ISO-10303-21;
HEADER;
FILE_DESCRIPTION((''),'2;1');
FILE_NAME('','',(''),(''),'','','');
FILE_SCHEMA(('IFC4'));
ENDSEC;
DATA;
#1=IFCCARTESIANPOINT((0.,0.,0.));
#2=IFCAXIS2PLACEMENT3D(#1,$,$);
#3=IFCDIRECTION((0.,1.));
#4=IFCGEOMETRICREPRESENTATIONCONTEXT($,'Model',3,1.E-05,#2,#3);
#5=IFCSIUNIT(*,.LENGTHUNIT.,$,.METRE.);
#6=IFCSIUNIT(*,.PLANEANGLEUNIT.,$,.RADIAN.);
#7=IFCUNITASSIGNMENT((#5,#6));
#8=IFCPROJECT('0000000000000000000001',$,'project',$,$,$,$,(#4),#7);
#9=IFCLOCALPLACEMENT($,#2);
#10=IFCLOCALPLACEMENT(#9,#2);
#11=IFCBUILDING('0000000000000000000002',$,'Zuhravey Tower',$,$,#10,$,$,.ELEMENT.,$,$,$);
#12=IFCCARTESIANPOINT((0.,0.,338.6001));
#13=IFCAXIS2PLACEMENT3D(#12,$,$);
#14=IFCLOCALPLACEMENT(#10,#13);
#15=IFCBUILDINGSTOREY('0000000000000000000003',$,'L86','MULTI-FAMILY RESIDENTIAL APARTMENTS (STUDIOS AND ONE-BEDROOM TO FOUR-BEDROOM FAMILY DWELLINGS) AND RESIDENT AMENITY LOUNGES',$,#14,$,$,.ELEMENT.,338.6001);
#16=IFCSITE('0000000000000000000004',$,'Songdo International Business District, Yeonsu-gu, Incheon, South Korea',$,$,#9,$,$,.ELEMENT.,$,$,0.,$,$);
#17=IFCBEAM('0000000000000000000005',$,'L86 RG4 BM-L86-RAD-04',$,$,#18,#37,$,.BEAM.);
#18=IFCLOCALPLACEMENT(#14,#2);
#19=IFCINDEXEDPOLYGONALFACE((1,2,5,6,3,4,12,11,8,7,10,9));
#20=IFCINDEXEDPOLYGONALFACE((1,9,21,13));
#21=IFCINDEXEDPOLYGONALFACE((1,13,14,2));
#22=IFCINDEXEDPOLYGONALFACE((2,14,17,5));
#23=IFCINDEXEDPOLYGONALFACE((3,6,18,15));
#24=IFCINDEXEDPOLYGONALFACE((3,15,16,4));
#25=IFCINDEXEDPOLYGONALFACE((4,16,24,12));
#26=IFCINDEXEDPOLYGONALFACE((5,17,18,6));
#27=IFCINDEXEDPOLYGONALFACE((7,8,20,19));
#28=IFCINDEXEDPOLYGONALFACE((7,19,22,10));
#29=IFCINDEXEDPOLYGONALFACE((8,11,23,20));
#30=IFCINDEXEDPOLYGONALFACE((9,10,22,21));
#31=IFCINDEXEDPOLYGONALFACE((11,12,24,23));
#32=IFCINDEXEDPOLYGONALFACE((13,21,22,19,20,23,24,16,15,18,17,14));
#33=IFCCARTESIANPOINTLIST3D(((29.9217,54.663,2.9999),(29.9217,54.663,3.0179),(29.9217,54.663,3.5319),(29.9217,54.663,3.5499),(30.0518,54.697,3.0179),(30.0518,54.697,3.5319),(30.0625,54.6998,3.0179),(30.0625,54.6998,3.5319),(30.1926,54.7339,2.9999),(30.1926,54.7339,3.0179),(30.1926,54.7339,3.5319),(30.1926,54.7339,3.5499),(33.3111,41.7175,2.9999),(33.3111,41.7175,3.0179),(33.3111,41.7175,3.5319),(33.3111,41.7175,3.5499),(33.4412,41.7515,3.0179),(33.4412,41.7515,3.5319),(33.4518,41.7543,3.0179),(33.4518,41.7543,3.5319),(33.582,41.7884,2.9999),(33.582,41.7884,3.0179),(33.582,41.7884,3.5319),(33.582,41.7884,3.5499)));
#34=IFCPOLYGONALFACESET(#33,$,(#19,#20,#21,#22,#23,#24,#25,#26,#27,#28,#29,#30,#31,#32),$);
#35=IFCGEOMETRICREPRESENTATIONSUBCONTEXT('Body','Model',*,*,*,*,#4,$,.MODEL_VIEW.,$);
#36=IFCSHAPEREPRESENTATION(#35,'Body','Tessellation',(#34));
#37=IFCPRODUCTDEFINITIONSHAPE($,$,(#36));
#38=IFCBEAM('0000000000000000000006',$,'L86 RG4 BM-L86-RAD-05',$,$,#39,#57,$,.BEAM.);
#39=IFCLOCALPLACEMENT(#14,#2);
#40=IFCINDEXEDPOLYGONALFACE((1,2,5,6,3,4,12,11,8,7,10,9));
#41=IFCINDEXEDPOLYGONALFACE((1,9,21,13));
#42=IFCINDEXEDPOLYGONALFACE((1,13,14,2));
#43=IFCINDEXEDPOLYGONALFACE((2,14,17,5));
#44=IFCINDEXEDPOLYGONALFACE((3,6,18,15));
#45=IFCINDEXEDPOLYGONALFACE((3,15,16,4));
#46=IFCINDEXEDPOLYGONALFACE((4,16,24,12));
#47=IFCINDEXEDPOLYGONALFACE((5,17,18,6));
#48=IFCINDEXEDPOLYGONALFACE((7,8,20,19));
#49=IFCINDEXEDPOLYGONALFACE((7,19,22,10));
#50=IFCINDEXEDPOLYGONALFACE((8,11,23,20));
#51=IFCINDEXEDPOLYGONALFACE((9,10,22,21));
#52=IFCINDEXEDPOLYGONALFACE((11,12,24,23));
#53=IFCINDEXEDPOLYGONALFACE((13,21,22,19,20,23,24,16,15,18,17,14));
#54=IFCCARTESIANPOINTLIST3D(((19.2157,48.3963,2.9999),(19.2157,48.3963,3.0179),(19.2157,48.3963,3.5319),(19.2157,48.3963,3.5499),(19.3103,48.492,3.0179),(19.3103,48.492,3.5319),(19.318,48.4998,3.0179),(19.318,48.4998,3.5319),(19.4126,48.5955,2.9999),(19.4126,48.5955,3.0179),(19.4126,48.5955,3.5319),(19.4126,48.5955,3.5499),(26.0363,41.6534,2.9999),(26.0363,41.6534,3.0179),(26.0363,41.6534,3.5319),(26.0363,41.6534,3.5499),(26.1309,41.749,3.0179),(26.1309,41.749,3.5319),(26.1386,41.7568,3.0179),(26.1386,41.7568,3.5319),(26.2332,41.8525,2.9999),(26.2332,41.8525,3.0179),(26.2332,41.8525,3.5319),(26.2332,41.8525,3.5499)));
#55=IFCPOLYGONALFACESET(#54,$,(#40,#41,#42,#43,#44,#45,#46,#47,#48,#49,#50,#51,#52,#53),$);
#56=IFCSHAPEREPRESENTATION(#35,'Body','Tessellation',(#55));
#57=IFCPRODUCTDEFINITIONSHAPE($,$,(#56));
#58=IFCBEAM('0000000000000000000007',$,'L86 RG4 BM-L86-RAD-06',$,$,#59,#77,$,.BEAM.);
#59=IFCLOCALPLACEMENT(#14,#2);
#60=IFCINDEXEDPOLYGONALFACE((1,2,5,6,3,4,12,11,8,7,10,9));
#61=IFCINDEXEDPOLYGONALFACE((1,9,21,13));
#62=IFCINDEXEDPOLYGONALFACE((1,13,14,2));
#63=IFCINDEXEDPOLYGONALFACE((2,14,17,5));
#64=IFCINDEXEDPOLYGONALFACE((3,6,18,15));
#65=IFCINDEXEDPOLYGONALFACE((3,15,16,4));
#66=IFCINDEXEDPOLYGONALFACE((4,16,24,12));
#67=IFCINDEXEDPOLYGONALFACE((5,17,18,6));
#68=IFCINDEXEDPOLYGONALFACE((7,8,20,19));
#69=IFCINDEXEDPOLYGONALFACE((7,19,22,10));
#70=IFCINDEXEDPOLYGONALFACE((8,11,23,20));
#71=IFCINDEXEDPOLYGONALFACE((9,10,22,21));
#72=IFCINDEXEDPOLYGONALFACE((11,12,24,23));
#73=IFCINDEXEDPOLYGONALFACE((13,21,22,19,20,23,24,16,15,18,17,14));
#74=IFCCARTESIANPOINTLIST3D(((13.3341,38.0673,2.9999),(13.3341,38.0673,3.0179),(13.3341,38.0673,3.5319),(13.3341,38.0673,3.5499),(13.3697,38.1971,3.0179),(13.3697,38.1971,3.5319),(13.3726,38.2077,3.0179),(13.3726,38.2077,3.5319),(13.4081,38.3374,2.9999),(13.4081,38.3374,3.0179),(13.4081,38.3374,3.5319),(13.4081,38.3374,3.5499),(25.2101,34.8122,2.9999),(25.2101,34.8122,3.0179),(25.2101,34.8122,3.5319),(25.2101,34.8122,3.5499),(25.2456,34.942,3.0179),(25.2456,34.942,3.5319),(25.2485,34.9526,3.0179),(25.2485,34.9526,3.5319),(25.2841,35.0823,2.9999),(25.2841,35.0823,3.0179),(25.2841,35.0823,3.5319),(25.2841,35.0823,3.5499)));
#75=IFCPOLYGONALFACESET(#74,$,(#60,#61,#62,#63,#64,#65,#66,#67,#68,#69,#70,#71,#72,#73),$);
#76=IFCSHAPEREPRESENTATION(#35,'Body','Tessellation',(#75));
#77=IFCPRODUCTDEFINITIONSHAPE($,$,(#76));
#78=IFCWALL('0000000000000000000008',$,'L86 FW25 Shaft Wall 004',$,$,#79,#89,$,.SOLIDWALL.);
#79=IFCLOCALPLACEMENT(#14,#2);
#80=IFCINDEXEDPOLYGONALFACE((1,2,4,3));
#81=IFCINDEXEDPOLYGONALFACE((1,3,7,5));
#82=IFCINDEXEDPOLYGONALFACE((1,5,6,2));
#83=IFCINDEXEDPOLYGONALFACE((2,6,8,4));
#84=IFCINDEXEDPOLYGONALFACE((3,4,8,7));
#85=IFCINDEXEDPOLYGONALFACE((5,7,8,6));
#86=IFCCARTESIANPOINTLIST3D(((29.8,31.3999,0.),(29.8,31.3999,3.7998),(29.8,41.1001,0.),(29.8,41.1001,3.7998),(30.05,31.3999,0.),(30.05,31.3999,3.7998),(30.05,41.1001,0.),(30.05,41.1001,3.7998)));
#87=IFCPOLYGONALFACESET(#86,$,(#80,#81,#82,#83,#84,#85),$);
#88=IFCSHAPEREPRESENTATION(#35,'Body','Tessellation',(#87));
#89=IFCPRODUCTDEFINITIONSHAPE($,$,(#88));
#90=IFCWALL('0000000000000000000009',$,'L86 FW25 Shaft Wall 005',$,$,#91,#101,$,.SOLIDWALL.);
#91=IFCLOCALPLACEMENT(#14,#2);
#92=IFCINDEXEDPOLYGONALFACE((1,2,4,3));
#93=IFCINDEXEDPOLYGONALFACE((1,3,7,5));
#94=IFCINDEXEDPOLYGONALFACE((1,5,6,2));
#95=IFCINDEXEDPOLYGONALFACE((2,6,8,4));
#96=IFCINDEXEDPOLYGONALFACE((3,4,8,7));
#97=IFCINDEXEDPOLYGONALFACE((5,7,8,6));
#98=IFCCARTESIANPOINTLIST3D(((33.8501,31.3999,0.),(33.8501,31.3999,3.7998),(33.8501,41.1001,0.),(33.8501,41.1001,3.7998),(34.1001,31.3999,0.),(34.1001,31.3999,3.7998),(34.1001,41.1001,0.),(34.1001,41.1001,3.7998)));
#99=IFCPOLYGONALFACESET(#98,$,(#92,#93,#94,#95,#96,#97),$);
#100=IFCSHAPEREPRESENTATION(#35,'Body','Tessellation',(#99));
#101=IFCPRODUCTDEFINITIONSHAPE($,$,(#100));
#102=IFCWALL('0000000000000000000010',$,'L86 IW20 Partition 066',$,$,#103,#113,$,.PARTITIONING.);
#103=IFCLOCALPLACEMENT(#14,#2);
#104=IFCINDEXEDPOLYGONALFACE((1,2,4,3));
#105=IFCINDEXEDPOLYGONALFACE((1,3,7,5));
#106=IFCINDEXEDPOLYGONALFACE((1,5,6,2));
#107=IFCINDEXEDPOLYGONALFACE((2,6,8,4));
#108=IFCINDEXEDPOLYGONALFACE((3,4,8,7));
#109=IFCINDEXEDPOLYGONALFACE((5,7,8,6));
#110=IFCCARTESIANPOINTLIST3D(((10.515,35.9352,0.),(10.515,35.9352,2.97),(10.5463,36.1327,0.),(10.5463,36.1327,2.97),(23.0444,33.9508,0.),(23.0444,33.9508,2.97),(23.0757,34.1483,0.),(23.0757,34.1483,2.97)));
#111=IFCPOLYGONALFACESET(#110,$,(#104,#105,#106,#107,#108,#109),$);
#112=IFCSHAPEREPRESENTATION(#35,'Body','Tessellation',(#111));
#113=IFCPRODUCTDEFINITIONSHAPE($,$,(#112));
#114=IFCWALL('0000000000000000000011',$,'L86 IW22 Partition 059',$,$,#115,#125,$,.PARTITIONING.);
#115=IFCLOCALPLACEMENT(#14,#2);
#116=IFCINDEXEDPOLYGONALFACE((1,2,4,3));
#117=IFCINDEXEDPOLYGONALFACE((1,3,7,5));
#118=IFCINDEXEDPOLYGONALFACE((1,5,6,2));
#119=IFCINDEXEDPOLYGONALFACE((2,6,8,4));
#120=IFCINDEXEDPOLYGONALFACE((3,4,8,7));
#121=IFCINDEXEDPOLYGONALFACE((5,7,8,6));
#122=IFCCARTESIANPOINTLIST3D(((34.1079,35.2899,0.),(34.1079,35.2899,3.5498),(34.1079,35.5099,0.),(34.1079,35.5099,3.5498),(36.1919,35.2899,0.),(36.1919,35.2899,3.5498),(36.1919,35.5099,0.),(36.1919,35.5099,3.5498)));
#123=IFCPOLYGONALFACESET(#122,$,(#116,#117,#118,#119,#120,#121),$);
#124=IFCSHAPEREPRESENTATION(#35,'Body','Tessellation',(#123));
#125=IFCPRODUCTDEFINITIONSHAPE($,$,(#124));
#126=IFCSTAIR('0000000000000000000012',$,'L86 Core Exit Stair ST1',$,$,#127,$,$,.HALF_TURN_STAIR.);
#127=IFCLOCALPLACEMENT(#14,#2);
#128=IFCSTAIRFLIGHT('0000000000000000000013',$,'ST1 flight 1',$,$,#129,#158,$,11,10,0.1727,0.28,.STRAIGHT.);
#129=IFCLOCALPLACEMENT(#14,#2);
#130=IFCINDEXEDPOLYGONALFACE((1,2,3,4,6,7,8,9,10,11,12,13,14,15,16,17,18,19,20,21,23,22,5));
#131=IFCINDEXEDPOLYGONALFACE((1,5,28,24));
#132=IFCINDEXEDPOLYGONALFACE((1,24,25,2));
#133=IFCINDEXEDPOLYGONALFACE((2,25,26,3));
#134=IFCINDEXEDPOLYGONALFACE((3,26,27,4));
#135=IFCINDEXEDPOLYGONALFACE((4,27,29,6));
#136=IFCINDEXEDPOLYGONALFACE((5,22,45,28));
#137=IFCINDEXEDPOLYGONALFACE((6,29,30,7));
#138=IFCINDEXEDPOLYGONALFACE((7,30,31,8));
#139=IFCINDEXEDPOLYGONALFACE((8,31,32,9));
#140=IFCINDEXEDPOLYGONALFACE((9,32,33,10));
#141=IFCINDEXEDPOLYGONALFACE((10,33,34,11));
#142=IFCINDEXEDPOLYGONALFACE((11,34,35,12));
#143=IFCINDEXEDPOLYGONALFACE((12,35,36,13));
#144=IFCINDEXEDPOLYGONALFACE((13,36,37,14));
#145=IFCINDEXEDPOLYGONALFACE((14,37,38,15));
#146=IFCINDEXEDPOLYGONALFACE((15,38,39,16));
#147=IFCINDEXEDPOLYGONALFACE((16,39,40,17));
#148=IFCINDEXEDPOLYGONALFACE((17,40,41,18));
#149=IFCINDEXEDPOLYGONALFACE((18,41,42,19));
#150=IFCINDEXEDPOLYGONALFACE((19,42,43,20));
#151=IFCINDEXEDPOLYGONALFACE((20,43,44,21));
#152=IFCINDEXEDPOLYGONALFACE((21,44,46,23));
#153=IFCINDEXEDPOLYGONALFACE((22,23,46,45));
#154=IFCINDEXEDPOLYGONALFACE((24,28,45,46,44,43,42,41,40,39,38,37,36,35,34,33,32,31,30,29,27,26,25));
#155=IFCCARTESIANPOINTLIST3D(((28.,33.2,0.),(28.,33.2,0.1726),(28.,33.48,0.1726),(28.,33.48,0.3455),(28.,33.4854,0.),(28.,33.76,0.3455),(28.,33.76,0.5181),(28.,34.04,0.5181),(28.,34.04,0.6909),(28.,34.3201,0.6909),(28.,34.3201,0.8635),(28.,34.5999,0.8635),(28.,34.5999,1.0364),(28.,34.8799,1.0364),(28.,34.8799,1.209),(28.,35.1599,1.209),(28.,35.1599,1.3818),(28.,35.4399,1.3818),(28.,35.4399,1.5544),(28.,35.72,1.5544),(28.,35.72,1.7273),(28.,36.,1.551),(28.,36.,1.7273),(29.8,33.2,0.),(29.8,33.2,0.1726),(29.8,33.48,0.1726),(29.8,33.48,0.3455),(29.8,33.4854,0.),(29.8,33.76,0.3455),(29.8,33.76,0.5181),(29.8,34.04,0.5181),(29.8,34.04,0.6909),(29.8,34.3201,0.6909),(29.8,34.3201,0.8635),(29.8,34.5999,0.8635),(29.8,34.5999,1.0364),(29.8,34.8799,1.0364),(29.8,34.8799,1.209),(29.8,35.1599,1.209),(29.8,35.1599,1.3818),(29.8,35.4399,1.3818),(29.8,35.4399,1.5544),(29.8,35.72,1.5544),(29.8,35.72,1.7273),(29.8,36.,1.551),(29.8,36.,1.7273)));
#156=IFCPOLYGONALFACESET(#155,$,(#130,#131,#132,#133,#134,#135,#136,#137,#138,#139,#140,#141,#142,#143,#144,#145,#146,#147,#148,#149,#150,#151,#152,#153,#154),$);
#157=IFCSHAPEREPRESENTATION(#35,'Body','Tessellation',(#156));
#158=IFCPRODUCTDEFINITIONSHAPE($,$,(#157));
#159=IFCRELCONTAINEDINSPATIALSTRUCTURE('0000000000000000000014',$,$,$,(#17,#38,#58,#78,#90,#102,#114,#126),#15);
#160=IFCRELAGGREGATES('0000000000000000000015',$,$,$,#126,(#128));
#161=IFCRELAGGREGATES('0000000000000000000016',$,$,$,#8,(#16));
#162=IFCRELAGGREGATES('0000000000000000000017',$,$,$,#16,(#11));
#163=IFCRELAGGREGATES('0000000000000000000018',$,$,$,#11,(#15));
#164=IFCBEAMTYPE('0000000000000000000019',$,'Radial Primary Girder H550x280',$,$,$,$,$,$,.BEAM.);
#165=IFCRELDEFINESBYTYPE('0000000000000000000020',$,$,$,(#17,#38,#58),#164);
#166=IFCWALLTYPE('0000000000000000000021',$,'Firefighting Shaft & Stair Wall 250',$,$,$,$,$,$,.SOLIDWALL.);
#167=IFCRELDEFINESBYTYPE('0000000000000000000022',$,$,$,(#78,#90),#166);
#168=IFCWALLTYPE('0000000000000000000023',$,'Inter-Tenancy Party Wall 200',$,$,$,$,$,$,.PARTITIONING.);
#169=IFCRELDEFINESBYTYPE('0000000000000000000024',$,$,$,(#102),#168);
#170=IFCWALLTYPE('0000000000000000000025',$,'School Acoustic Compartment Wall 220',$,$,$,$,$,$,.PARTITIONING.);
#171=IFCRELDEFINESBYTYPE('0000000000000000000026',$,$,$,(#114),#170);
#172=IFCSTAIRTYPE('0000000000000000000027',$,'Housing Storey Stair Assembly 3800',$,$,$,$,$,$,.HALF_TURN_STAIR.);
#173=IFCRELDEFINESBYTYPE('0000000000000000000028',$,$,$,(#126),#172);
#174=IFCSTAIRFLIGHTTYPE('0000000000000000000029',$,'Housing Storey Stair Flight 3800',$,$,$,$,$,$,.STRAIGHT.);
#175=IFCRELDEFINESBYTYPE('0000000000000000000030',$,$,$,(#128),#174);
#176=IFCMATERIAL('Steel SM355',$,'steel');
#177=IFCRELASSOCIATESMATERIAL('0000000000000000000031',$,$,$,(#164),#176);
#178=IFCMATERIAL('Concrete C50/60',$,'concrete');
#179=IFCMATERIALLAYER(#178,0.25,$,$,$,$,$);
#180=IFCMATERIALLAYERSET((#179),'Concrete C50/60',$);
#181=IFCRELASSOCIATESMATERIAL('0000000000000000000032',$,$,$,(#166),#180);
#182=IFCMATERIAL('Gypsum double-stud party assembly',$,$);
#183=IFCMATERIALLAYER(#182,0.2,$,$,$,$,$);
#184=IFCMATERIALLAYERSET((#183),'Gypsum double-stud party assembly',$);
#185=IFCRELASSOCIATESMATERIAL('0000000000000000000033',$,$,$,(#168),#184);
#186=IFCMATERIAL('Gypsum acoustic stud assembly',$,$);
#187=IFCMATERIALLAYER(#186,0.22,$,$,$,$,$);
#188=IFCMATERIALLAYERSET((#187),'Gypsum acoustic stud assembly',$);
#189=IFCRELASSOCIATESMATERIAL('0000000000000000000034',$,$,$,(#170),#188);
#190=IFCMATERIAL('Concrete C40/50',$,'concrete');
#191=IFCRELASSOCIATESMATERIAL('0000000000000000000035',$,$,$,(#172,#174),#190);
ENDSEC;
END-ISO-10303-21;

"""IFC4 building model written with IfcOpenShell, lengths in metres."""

from ifc_helpers import new_model, si_unit, direction, frame, frame_2d, origin, origin_2d, place, context, subcontext, project, spatial, polyline, rectangle, i_section, outline, extrude, material, layer, layer_set, material_profile, profile_set, type_object, element, aggregate, save


model = new_model("IFC4")

# Units and contexts
model_context = context("Model", 3, precision=1e-05, world=origin(), true_north=direction((0.0, 1.0)))
body_context = subcontext(model_context, "Body", "Model", "MODEL_VIEW")
ifc_project = project(units=[si_unit("LENGTHUNIT", "METRE"), si_unit("PLANEANGLEUNIT", "RADIAN")], contexts=[model_context])

# Site, building, storey
site_placement = place(None, origin())
site = spatial("IfcSite", under=ifc_project, at=site_placement, Name="Songdo International Business District, Yeonsu-gu, Incheon, South Korea", CompositionType="ELEMENT", RefElevation=0.0)
building_placement = place(site_placement, origin())
building = spatial("IfcBuilding", under=site, at=building_placement, Name="Zuhravey Tower", CompositionType="ELEMENT")
storey_placement = place(building_placement, frame((0.0, 0.0, 338.6001)))
storey = spatial("IfcBuildingStorey", under=building, at=storey_placement, Name="L86", Description="MULTI-FAMILY RESIDENTIAL APARTMENTS (STUDIOS AND ONE-BEDROOM TO FOUR-BEDROOM FAMILY DWELLINGS) AND RESIDENT AMENITY LOUNGES", CompositionType="ELEMENT", Elevation=338.6001)

# Beams
ifc_material_1 = material(Name="Steel SM355", Category="steel")
ifc_material_profile = material_profile(ifc_material_1, i_section(OverallWidth=0.28, OverallDepth=0.55, WebThickness=0.011, FlangeThickness=0.0181, at=origin_2d()), Name="H-550x280x11x18")
ifc_profile_set = profile_set([ifc_material_profile], Name="Steel SM355")
beam_type = type_object("IfcBeamType", Name="Radial Primary Girder H550x280", PredefinedType="BEAM", material=ifc_profile_set)
beam_1_placement = place(storey_placement, frame((33.4465, 41.7529, 3.2749), z_axis=(-0.253283, 0.967392, 0.0), x_axis=(-0.967392, -0.253283, 0.0)))
element("IfcBeam", 1, at=beam_1_placement, inside=storey, type_object=beam_type, Name="L86 RG4 BM-L86-RAD-04", PredefinedType="BEAM", context=body_context, shape_type="SweptSolid", body=[
    extrude(i_section(OverallWidth=0.28, OverallDepth=0.55, WebThickness=0.011, FlangeThickness=0.0181, at=origin_2d()), origin(), (0.0, 0.0, 1.0), 13.3818),
])
beam_2_placement = place(storey_placement, frame((26.1348, 41.7529, 3.2749), z_axis=(-0.711143, 0.703048, 0.0), x_axis=(-0.703048, -0.711143, 0.0)))
element("IfcBeam", 2, at=beam_2_placement, inside=storey, type_object=beam_type, Name="L86 RG4 BM-L86-RAD-05", PredefinedType="BEAM", context=body_context, shape_type="SweptSolid", body=[
    extrude(i_section(OverallWidth=0.28, OverallDepth=0.55, WebThickness=0.011, FlangeThickness=0.0181, at=origin_2d()), origin(), (0.0, 0.0, 1.0), 9.5911),
])
beam_3_placement = place(storey_placement, frame((25.2471, 34.9473, 3.2749), z_axis=(-0.964429, 0.264344, 0.0), x_axis=(-0.264344, -0.964429, 0.0)))
element("IfcBeam", 3, at=beam_3_placement, inside=storey, type_object=beam_type, Name="L86 RG4 BM-L86-RAD-06", PredefinedType="BEAM", context=body_context, shape_type="SweptSolid", body=[
    extrude(i_section(OverallWidth=0.28, OverallDepth=0.55, WebThickness=0.011, FlangeThickness=0.0181, at=origin_2d()), origin(), (0.0, 0.0, 1.0), 12.314),
])

# Walls
ifc_material_2 = material(Name="Concrete C50/60", Category="concrete")
ifc_layer_1 = layer(ifc_material_2, 0.25)
ifc_layer_set_1 = layer_set([ifc_layer_1], Name="Concrete C50/60")
wall_type_1 = type_object("IfcWallType", Name="Firefighting Shaft & Stair Wall 250", PredefinedType="SOLIDWALL", material=ifc_layer_set_1)
for number, where, z_axis, x_axis, name in (
    (4, (29.925, 31.3999, 0.0), (0.0, 0.0, 1.0), (0.0, 1.0, 0.0), "L86 FW25 Shaft Wall 004"),
    (5, (33.9751, 31.3999, 0.0), (0.0, 0.0, 1.0), (0.0, 1.0, 0.0), "L86 FW25 Shaft Wall 005"),
):
    element("IfcWall", number, at=place(storey_placement, frame(where, z_axis=z_axis, x_axis=x_axis)), inside=storey, type_object=wall_type_1, Name=name, PredefinedType="SOLIDWALL", context=body_context, shape_type="SweptSolid", body=[
        extrude(rectangle(XDim=9.7002, YDim=0.25, at=frame_2d((4.8501, 0.0))), origin(), (0.0, 0.0, 1.0), 3.7998),
    ])
ifc_material_3 = material(Name="Gypsum double-stud party assembly")
ifc_layer_2 = layer(ifc_material_3, 0.2)
ifc_layer_set_2 = layer_set([ifc_layer_2], Name="Gypsum double-stud party assembly")
wall_type_2 = type_object("IfcWallType", Name="Inter-Tenancy Party Wall 200", PredefinedType="PARTITIONING", material=ifc_layer_set_2)
wall_1_placement = place(storey_placement, frame((23.0601, 34.0496, 0.0), z_axis=(0.0, 0.0, 1.0), x_axis=(-0.987689, 0.156429, 0.0)))
element("IfcWall", 6, at=wall_1_placement, inside=storey, type_object=wall_type_2, Name="L86 IW20 Partition 066", PredefinedType="PARTITIONING", context=body_context, shape_type="SweptSolid", body=[
    extrude(rectangle(XDim=12.6855, YDim=0.2, at=frame_2d((6.3428, 0.0))), origin(), (0.0, 0.0, 1.0), 2.97),
])
ifc_material_4 = material(Name="Gypsum acoustic stud assembly")
ifc_layer_3 = layer(ifc_material_4, 0.22)
ifc_layer_set_3 = layer_set([ifc_layer_3], Name="Gypsum acoustic stud assembly")
wall_type_3 = type_object("IfcWallType", Name="School Acoustic Compartment Wall 220", PredefinedType="PARTITIONING", material=ifc_layer_set_3)
wall_2_placement = place(storey_placement, frame((34.1079, 35.3999, 0.0), z_axis=(0.0, 0.0, 1.0), x_axis=(1.0, 0.0, 0.0)))
element("IfcWall", 7, at=wall_2_placement, inside=storey, type_object=wall_type_3, Name="L86 IW22 Partition 059", PredefinedType="PARTITIONING", context=body_context, shape_type="SweptSolid", body=[
    extrude(rectangle(XDim=2.084, YDim=0.22, at=frame_2d((1.042, 0.0))), origin(), (0.0, 0.0, 1.0), 3.5498),
])

# Stair, stair flight
ifc_material_5 = material(Name="Concrete C40/50", Category="concrete")
stair_type = type_object("IfcStairType", Name="Housing Storey Stair Assembly 3800", PredefinedType="HALF_TURN_STAIR", material=ifc_material_5)
stair_1_placement = place(storey_placement, origin())
stair_1 = element("IfcStair", 8, at=stair_1_placement, inside=storey, type_object=stair_type, Name="L86 Core Exit Stair ST1", PredefinedType="HALF_TURN_STAIR")
stair_flight_type = type_object("IfcStairFlightType", Name="Housing Storey Stair Flight 3800", PredefinedType="STRAIGHT", material=ifc_material_5)
stair_flight_1_placement = place(storey_placement, frame((28.8999, 33.2, 0.0), z_axis=(0.0, 0.0, 1.0), x_axis=(0.0, 1.0, 0.0)))
stair_flight_1 = element("IfcStairFlight", 9, at=stair_flight_1_placement, type_object=stair_flight_type, Name="ST1 flight 1", NumberOfRisers=11, NumberOfTreads=10, PredefinedType="STRAIGHT", RiserHeight=0.1727, TreadLength=0.28, context=body_context, shape_type="SweptSolid", body=[
    extrude(outline(polyline([(0.0, 0.0), (0.0, 0.1726), (0.28, 0.1726), (0.28, 0.3455), (0.5601, 0.3455), (0.5601, 0.5181), (0.8401, 0.5181), (0.8401, 0.6909), (1.1201, 0.6909), (1.1201, 0.8635), (1.3999, 0.8635), (1.3999, 1.0364), (1.6799, 1.0364), (1.6799, 1.209), (1.96, 1.209), (1.96, 1.3818), (2.24, 1.3818), (2.24, 1.5544), (2.52, 1.5544), (2.52, 1.7273), (2.8, 1.7273), (2.8, 1.8999), (2.8, 1.551), (0.2854, 0.0), (0.0, 0.0)])), frame((0.0, 0.8999, 0.0), z_axis=(0.0, -1.0, 0.0), x_axis=(1.0, 0.0, 0.0)), (0.0, 0.0, 1.0), 1.8),
])
aggregate(stair_1, [stair_flight_1])

save(model, "model.ifc")
